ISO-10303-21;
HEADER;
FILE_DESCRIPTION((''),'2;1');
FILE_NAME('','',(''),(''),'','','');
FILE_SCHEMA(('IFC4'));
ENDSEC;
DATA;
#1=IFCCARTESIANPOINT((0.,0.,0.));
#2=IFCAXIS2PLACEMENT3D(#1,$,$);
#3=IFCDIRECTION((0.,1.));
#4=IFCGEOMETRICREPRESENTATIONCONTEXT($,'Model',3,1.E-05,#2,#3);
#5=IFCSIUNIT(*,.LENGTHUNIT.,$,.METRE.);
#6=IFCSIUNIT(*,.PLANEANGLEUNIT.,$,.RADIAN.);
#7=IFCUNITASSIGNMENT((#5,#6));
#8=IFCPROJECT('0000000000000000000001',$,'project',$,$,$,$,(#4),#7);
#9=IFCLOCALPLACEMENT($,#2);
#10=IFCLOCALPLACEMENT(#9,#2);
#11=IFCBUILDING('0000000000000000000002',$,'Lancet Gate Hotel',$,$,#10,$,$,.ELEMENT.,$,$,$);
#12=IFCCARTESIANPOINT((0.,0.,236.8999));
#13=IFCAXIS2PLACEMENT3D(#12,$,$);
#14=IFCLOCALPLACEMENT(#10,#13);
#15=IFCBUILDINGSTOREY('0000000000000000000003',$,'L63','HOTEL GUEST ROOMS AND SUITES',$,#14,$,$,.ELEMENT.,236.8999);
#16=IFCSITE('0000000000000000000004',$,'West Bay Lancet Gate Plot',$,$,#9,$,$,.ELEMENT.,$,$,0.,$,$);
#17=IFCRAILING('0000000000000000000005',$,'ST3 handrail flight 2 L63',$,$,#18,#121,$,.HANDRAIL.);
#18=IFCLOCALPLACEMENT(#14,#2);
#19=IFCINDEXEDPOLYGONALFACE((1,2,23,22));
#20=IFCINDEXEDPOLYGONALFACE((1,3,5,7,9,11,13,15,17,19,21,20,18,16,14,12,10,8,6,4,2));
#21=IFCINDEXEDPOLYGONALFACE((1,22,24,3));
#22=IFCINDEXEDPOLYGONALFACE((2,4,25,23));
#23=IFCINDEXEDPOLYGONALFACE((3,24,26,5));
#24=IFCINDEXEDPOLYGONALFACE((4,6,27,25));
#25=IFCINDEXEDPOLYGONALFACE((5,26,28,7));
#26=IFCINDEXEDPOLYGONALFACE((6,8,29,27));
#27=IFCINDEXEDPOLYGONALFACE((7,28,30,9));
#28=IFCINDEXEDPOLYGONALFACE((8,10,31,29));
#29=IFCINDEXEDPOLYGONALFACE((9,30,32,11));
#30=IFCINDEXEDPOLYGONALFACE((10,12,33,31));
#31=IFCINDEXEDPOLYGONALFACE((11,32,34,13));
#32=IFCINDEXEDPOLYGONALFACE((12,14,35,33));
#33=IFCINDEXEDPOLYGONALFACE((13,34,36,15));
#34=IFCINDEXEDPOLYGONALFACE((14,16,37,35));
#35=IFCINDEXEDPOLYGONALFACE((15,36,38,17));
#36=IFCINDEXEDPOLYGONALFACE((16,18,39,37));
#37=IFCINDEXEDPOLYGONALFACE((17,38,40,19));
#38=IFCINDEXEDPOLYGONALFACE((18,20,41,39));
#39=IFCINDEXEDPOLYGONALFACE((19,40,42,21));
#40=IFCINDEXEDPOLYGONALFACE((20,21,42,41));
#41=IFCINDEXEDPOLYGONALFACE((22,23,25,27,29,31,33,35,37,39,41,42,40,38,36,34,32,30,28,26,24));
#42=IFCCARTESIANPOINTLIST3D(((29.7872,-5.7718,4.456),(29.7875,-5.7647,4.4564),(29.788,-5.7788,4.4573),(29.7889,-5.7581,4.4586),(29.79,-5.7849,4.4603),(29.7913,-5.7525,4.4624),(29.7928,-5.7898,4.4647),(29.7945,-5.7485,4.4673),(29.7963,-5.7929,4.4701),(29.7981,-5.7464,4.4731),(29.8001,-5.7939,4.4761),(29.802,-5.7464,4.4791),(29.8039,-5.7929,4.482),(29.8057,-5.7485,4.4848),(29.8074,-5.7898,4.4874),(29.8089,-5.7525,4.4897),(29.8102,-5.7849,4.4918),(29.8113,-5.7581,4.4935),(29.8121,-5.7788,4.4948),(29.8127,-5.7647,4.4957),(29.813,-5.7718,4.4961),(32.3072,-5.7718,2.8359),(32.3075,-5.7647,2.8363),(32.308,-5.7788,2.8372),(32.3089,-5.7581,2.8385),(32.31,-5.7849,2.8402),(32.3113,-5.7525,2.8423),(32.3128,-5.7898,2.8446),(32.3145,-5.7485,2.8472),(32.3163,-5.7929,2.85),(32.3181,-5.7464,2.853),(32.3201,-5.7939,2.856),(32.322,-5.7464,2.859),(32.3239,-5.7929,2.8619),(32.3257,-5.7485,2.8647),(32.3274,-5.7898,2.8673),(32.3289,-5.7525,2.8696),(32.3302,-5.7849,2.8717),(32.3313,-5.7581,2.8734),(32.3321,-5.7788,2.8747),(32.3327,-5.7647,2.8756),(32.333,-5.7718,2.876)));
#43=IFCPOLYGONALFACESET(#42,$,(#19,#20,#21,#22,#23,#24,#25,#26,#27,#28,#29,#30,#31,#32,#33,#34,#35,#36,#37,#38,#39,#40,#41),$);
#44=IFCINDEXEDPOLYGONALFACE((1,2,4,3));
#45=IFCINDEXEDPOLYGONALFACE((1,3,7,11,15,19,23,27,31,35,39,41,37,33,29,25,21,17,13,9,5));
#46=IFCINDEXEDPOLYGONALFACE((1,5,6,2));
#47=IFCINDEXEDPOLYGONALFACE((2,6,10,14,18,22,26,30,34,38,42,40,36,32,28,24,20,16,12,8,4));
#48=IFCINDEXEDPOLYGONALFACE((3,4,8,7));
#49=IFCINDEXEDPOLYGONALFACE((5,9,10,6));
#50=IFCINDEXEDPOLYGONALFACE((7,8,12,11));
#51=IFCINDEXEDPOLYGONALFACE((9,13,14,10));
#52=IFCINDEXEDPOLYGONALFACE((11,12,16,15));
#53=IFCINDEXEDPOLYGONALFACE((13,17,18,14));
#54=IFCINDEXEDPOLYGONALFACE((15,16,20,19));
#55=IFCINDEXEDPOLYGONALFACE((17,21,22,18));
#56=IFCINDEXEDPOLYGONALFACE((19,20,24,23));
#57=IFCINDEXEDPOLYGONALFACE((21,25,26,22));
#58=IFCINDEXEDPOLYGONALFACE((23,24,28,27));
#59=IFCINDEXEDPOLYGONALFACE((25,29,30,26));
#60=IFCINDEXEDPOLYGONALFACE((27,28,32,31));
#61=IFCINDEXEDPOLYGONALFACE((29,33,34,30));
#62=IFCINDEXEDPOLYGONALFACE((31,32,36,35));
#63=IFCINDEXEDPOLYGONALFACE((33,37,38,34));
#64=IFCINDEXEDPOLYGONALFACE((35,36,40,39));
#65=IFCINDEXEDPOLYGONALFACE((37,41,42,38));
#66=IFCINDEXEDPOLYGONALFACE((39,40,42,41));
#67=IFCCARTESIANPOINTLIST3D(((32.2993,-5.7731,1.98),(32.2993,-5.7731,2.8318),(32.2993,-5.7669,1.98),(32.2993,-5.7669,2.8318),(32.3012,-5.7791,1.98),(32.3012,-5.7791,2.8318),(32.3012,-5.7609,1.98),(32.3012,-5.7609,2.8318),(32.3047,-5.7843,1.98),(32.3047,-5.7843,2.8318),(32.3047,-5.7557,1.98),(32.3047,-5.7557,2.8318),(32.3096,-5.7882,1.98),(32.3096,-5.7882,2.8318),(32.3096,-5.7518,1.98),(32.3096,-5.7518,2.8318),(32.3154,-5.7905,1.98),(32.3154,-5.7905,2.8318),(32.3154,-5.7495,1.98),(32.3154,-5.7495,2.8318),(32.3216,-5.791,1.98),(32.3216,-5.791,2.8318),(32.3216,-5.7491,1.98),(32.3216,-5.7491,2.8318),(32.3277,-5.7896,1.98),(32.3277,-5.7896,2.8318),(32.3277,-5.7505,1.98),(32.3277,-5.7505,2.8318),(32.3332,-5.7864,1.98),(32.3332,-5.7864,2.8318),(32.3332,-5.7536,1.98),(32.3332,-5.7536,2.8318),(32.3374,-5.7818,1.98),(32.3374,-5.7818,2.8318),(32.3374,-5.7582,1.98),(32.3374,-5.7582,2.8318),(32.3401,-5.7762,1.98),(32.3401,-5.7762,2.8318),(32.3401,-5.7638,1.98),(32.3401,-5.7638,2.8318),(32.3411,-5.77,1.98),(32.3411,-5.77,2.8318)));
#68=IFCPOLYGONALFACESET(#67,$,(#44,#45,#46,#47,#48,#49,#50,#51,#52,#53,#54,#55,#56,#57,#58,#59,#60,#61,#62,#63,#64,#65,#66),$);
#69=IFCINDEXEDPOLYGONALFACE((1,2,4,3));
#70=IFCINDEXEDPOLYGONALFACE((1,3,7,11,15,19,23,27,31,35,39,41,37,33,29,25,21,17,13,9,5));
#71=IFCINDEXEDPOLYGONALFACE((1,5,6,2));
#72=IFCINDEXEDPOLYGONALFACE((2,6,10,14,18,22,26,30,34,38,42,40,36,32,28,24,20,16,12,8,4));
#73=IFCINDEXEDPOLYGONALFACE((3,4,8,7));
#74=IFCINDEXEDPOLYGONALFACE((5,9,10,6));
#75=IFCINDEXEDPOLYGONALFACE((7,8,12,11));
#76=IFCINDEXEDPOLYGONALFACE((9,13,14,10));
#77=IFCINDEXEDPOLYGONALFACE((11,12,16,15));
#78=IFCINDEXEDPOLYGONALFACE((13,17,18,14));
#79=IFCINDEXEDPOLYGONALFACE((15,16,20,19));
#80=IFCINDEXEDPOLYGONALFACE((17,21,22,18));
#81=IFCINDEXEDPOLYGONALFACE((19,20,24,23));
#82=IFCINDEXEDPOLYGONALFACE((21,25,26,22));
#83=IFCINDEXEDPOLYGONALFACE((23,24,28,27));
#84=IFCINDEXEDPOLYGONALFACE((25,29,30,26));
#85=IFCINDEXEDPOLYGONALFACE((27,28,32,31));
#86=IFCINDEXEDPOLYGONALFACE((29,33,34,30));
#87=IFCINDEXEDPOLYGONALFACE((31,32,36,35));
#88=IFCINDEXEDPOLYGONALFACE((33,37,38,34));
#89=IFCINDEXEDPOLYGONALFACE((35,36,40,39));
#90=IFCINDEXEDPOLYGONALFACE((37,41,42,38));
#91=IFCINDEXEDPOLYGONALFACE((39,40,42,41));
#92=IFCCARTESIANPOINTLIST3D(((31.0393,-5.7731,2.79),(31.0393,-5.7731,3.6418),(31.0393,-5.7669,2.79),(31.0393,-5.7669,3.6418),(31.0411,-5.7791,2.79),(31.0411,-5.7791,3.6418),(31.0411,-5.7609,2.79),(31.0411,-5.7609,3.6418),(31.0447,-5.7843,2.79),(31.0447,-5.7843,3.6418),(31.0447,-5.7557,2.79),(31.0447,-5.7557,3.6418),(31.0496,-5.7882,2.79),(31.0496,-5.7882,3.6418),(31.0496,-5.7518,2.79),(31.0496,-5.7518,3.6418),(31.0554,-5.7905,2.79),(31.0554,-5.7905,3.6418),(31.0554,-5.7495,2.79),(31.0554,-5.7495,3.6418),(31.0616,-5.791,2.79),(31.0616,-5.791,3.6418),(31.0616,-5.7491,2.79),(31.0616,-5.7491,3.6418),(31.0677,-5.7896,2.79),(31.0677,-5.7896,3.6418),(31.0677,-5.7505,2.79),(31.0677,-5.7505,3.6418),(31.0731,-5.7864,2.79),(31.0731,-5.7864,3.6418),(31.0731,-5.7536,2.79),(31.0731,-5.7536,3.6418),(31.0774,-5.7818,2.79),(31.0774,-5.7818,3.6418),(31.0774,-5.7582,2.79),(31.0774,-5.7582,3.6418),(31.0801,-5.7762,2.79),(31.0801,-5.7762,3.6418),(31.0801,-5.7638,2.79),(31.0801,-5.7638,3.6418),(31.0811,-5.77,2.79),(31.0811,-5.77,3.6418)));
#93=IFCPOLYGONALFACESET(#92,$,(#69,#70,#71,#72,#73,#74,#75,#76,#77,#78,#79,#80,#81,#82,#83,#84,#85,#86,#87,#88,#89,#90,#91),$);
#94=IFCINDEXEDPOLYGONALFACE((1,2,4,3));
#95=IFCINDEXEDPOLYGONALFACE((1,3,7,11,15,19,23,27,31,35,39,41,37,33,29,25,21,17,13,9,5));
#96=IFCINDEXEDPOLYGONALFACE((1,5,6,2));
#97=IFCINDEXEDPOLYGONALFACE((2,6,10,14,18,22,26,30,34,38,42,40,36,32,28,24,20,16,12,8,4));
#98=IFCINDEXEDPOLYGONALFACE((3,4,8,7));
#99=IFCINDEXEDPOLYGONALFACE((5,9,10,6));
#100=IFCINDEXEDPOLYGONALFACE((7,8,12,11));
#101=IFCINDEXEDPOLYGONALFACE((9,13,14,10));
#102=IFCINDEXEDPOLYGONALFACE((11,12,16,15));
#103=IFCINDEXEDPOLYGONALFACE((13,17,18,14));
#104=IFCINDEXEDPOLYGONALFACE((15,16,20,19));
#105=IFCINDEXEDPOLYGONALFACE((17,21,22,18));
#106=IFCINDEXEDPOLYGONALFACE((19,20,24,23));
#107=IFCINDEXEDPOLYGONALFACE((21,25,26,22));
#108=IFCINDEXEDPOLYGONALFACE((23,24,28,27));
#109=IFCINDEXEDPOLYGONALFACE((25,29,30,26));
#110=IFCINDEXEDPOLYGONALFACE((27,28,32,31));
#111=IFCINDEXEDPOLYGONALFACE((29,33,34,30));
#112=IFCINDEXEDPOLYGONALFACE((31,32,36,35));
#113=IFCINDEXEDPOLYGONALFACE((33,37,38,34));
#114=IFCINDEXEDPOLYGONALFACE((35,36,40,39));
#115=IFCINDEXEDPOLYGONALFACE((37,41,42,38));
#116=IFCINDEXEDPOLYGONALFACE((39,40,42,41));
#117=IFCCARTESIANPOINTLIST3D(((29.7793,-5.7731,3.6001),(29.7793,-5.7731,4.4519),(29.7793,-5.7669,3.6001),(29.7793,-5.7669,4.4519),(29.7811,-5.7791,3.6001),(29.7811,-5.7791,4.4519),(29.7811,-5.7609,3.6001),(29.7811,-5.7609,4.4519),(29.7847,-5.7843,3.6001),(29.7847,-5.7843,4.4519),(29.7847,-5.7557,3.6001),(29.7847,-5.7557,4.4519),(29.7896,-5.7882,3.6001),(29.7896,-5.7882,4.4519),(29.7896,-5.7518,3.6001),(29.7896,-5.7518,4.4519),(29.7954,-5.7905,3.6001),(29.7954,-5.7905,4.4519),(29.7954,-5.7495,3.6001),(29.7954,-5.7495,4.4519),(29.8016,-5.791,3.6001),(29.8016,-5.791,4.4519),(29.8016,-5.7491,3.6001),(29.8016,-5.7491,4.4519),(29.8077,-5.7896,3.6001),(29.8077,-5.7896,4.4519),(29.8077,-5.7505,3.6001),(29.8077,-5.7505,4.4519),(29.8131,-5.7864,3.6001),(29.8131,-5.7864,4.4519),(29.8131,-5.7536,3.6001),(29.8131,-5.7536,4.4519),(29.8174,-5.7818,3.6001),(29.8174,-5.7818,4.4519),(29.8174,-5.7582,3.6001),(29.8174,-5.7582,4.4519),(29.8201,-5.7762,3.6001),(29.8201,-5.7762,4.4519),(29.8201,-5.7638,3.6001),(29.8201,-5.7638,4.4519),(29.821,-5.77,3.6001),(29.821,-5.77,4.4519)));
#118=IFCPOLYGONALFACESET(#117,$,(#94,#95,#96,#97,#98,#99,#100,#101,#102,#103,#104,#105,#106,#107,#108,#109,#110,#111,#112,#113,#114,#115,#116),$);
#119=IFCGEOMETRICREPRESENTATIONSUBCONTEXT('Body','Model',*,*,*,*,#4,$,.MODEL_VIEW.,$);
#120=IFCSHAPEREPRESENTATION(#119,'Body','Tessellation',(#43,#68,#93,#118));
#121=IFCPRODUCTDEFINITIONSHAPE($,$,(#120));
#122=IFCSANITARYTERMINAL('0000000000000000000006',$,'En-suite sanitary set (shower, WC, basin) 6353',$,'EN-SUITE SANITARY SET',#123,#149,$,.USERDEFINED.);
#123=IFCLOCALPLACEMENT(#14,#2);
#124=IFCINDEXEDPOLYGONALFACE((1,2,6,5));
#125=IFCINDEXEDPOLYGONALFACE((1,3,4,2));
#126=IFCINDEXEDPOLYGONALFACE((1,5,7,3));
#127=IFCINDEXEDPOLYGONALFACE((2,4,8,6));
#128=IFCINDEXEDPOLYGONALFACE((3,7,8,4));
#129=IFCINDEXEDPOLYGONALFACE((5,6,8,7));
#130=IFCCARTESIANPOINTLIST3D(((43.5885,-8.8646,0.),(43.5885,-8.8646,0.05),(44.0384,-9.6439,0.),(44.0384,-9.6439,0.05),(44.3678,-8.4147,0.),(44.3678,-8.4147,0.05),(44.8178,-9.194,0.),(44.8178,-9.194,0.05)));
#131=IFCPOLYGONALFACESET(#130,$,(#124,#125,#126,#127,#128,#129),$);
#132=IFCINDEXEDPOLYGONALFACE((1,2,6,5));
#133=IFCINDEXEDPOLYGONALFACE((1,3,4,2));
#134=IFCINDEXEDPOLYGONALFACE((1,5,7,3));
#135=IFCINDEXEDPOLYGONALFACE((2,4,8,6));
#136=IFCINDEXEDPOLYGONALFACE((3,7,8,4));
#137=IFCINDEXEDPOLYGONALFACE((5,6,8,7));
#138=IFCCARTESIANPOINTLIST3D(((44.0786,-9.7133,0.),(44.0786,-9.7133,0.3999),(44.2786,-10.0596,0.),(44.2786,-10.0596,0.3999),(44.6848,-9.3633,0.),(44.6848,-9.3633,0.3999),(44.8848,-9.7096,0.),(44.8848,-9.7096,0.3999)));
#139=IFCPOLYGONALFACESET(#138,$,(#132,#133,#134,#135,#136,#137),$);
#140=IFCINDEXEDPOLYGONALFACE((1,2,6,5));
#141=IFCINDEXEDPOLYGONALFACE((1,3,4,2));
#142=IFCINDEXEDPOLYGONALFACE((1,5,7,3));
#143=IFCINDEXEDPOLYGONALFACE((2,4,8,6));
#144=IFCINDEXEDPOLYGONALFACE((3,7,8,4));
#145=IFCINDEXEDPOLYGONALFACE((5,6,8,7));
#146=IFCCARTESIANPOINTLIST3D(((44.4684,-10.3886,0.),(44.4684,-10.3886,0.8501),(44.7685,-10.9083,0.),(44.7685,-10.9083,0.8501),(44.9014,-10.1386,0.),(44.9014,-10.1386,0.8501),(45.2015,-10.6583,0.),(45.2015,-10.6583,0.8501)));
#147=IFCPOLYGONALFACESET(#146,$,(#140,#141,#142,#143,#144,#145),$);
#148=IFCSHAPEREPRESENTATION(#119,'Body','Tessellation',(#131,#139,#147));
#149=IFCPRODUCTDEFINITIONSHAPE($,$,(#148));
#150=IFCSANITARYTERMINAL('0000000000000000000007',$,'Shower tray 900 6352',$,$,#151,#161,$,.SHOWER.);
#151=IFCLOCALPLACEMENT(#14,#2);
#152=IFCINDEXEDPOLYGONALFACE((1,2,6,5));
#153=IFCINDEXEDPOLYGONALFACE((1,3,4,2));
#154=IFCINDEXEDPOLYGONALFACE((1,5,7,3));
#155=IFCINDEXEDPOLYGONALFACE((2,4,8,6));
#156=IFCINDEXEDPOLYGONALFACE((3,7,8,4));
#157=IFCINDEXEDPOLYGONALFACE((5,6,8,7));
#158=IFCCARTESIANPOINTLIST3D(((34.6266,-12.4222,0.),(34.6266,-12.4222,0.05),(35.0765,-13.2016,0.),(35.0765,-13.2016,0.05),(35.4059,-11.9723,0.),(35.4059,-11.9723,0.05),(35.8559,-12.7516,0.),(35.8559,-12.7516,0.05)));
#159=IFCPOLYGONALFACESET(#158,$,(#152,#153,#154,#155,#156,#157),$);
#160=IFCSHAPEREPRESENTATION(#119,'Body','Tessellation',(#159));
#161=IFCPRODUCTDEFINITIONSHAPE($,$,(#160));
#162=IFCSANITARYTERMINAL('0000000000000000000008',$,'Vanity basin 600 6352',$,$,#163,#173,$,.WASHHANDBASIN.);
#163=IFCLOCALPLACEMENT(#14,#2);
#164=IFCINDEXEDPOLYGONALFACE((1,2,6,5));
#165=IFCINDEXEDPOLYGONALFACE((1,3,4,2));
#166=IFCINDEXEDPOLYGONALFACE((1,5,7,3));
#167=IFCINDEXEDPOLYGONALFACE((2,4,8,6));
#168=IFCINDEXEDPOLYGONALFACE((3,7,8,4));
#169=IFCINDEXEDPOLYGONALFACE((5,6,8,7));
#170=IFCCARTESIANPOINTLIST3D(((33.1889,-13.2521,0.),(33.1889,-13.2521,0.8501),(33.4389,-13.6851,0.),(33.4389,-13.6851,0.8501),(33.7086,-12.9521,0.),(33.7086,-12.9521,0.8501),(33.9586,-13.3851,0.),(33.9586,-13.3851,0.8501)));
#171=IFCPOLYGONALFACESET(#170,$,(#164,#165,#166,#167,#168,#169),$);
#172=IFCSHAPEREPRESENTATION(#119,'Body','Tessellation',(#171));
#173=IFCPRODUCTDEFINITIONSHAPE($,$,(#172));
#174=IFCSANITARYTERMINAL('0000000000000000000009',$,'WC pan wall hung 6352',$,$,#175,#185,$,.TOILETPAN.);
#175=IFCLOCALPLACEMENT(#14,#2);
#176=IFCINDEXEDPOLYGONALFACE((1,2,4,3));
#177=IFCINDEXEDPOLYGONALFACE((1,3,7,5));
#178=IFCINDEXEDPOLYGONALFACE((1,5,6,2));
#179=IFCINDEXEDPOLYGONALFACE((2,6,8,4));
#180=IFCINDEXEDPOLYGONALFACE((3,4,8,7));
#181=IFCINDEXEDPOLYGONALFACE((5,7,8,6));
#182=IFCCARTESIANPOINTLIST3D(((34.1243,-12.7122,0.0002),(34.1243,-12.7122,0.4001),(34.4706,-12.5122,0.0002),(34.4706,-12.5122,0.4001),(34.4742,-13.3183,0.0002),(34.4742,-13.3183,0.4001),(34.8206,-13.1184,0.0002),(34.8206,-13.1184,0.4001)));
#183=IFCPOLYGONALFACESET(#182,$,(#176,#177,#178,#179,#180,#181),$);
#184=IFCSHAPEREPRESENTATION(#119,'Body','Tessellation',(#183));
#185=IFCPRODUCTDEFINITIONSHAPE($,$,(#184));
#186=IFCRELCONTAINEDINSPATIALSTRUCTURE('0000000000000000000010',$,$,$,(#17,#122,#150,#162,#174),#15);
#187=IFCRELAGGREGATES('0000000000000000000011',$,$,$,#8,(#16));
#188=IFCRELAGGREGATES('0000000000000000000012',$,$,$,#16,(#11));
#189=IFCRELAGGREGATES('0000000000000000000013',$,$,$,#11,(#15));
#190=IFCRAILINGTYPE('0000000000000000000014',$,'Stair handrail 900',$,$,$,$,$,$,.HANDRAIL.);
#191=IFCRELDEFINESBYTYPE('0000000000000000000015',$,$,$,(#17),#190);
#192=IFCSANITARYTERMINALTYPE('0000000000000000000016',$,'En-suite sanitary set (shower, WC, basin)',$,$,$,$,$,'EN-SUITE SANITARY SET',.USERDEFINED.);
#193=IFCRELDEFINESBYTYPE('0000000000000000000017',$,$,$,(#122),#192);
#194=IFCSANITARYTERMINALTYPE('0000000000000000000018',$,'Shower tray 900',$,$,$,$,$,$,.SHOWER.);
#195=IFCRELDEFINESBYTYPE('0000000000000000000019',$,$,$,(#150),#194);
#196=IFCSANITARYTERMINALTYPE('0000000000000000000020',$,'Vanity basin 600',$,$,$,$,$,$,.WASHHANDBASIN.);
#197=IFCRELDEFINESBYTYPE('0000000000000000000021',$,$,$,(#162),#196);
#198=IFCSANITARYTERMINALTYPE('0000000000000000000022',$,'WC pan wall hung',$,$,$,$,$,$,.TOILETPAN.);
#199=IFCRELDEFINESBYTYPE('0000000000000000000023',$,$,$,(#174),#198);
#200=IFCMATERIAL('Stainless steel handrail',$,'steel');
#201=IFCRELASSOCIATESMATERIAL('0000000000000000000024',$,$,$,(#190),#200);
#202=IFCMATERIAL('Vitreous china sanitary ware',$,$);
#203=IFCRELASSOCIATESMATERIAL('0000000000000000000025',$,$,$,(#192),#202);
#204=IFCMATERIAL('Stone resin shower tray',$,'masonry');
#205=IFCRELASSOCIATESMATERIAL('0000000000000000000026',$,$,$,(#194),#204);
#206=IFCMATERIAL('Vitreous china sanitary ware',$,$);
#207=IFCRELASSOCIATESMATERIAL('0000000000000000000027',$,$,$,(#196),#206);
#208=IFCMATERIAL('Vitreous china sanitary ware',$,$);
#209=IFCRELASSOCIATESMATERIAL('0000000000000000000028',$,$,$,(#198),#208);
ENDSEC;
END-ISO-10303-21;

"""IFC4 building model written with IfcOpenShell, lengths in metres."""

from ifc_helpers import new_model, si_unit, direction, frame, origin, origin_2d, place, context, subcontext, project, spatial, rectangle, circle, extrude, material, type_object, element, save


model = new_model("IFC4")

# Units and contexts
model_context = context("Model", 3, precision=1e-05, world=origin(), true_north=direction((0.0, 1.0)))
body_context = subcontext(model_context, "Body", "Model", "MODEL_VIEW")
ifc_project = project(units=[si_unit("LENGTHUNIT", "METRE"), si_unit("PLANEANGLEUNIT", "RADIAN")], contexts=[model_context])

# Site, building, storey
site_placement = place(None, origin())
site = spatial("IfcSite", under=ifc_project, at=site_placement, Name="West Bay Lancet Gate Plot", CompositionType="ELEMENT", RefElevation=0.0)
building_placement = place(site_placement, origin())
building = spatial("IfcBuilding", under=site, at=building_placement, Name="Lancet Gate Hotel", CompositionType="ELEMENT")
storey_placement = place(building_placement, frame((0.0, 0.0, 236.8999)))
storey = spatial("IfcBuildingStorey", under=building, at=storey_placement, Name="L63", Description="HOTEL GUEST ROOMS AND SUITES", CompositionType="ELEMENT", Elevation=236.8999)

# Railing
ifc_material_1 = material(Name="Stainless steel handrail", Category="steel")
railing_type = type_object("IfcRailingType", Name="Stair handrail 900", PredefinedType="HANDRAIL", material=ifc_material_1)
railing_1_placement = place(storey_placement, frame((32.3201, -5.77, 1.98)))
element("IfcRailing", 1, at=railing_1_placement, inside=storey, type_object=railing_type, Name="ST3 handrail flight 2 L63", PredefinedType="HANDRAIL", context=body_context, shape_type="SweptSolid", body=[
    extrude(circle(Radius=0.0239, at=origin_2d()), frame((0.0, 0.0, 0.876), z_axis=(-0.841163, 0.0, 0.540782), x_axis=(0.0, -1.0, 0.0)), (0.0, 0.0, 1.0), 2.9958),
    extrude(circle(Radius=0.021, at=origin_2d()), origin(), (0.0, 0.0, 1.0), 0.8518),
    extrude(circle(Radius=0.021, at=origin_2d()), frame((-1.26, 0.0, 0.8101)), (0.0, 0.0, 1.0), 0.8518),
    extrude(circle(Radius=0.021, at=origin_2d()), frame((-2.52, 0.0, 1.6201)), (0.0, 0.0, 1.0), 0.8518),
])

# Sanitary terminals
ifc_material_2 = material(Name="Vitreous china sanitary ware")
sanitary_terminal_type_1 = type_object("IfcSanitaryTerminalType", Name="En-suite sanitary set (shower, WC, basin)", ElementType="EN-SUITE SANITARY SET", PredefinedType="USERDEFINED", material=ifc_material_2)
sanitary_terminal_1_placement = place(storey_placement, frame((44.2031, -9.0293, 0.0), z_axis=(0.0, 0.0, 1.0), x_axis=(1.0, 0.0, 0.0)))
element("IfcSanitaryTerminal", 2, at=sanitary_terminal_1_placement, inside=storey, type_object=sanitary_terminal_type_1, Name="En-suite sanitary set (shower, WC, basin) 6353", ObjectType="EN-SUITE SANITARY SET", PredefinedType="USERDEFINED", context=body_context, shape_type="SweptSolid", body=[
    extrude(rectangle(XDim=0.8999, YDim=0.8999, at=origin_2d()), frame((0.0, 0.0, 0.0), z_axis=(0.0, 0.0, 1.0), x_axis=(-0.5, 0.866025, 0.0)), (0.0, 0.0, 1.0), 0.05),
    extrude(rectangle(XDim=0.3999, YDim=0.7, at=origin_2d()), frame((0.2786, -0.6821, 0.0), z_axis=(0.0, 0.0, 1.0), x_axis=(-0.5, 0.866025, 0.0)), (0.0, 0.0, 1.0), 0.3999),
    extrude(rectangle(XDim=0.6001, YDim=0.5, at=origin_2d()), frame((0.6318, -1.4941, 0.0), z_axis=(0.0, 0.0, 1.0), x_axis=(-0.5, 0.866025, 0.0)), (0.0, 0.0, 1.0), 0.8501),
])
ifc_material_3 = material(Name="Stone resin shower tray", Category="masonry")
sanitary_terminal_type_2 = type_object("IfcSanitaryTerminalType", Name="Shower tray 900", PredefinedType="SHOWER", material=ifc_material_3)
sanitary_terminal_2_placement = place(storey_placement, frame((35.2412, -12.5869, 0.0), z_axis=(0.0, 0.0, 1.0), x_axis=(0.866025, 0.5, 0.0)))
element("IfcSanitaryTerminal", 3, at=sanitary_terminal_2_placement, inside=storey, type_object=sanitary_terminal_type_2, Name="Shower tray 900 6352", PredefinedType="SHOWER", context=body_context, shape_type="SweptSolid", body=[
    extrude(rectangle(XDim=0.8999, YDim=0.8999, at=origin_2d()), origin(), (0.0, 0.0, 1.0), 0.05),
])
ifc_material_4 = material(Name="Vitreous china sanitary ware")
sanitary_terminal_type_3 = type_object("IfcSanitaryTerminalType", Name="Vanity basin 600", PredefinedType="WASHHANDBASIN", material=ifc_material_4)
sanitary_terminal_3_placement = place(storey_placement, frame((33.5737, -13.3186, 0.0), z_axis=(0.0, 0.0, 1.0), x_axis=(0.866025, 0.5, 0.0)))
element("IfcSanitaryTerminal", 4, at=sanitary_terminal_3_placement, inside=storey, type_object=sanitary_terminal_type_3, Name="Vanity basin 600 6352", PredefinedType="WASHHANDBASIN", context=body_context, shape_type="SweptSolid", body=[
    extrude(rectangle(XDim=0.6001, YDim=0.5, at=origin_2d()), origin(), (0.0, 0.0, 1.0), 0.8501),
])
ifc_material_5 = material(Name="Vitreous china sanitary ware")
sanitary_terminal_type_4 = type_object("IfcSanitaryTerminalType", Name="WC pan wall hung", PredefinedType="TOILETPAN", material=ifc_material_5)
sanitary_terminal_4_placement = place(storey_placement, frame((34.4724, -12.9153, 0.0002), z_axis=(0.0, 0.0, 1.0), x_axis=(0.866025, 0.5, 0.0)))
element("IfcSanitaryTerminal", 5, at=sanitary_terminal_4_placement, inside=storey, type_object=sanitary_terminal_type_4, Name="WC pan wall hung 6352", PredefinedType="TOILETPAN", context=body_context, shape_type="SweptSolid", body=[
    extrude(rectangle(XDim=0.3999, YDim=0.7, at=origin_2d()), origin(), (0.0, 0.0, 1.0), 0.3999),
])

save(model, "model.ifc")
